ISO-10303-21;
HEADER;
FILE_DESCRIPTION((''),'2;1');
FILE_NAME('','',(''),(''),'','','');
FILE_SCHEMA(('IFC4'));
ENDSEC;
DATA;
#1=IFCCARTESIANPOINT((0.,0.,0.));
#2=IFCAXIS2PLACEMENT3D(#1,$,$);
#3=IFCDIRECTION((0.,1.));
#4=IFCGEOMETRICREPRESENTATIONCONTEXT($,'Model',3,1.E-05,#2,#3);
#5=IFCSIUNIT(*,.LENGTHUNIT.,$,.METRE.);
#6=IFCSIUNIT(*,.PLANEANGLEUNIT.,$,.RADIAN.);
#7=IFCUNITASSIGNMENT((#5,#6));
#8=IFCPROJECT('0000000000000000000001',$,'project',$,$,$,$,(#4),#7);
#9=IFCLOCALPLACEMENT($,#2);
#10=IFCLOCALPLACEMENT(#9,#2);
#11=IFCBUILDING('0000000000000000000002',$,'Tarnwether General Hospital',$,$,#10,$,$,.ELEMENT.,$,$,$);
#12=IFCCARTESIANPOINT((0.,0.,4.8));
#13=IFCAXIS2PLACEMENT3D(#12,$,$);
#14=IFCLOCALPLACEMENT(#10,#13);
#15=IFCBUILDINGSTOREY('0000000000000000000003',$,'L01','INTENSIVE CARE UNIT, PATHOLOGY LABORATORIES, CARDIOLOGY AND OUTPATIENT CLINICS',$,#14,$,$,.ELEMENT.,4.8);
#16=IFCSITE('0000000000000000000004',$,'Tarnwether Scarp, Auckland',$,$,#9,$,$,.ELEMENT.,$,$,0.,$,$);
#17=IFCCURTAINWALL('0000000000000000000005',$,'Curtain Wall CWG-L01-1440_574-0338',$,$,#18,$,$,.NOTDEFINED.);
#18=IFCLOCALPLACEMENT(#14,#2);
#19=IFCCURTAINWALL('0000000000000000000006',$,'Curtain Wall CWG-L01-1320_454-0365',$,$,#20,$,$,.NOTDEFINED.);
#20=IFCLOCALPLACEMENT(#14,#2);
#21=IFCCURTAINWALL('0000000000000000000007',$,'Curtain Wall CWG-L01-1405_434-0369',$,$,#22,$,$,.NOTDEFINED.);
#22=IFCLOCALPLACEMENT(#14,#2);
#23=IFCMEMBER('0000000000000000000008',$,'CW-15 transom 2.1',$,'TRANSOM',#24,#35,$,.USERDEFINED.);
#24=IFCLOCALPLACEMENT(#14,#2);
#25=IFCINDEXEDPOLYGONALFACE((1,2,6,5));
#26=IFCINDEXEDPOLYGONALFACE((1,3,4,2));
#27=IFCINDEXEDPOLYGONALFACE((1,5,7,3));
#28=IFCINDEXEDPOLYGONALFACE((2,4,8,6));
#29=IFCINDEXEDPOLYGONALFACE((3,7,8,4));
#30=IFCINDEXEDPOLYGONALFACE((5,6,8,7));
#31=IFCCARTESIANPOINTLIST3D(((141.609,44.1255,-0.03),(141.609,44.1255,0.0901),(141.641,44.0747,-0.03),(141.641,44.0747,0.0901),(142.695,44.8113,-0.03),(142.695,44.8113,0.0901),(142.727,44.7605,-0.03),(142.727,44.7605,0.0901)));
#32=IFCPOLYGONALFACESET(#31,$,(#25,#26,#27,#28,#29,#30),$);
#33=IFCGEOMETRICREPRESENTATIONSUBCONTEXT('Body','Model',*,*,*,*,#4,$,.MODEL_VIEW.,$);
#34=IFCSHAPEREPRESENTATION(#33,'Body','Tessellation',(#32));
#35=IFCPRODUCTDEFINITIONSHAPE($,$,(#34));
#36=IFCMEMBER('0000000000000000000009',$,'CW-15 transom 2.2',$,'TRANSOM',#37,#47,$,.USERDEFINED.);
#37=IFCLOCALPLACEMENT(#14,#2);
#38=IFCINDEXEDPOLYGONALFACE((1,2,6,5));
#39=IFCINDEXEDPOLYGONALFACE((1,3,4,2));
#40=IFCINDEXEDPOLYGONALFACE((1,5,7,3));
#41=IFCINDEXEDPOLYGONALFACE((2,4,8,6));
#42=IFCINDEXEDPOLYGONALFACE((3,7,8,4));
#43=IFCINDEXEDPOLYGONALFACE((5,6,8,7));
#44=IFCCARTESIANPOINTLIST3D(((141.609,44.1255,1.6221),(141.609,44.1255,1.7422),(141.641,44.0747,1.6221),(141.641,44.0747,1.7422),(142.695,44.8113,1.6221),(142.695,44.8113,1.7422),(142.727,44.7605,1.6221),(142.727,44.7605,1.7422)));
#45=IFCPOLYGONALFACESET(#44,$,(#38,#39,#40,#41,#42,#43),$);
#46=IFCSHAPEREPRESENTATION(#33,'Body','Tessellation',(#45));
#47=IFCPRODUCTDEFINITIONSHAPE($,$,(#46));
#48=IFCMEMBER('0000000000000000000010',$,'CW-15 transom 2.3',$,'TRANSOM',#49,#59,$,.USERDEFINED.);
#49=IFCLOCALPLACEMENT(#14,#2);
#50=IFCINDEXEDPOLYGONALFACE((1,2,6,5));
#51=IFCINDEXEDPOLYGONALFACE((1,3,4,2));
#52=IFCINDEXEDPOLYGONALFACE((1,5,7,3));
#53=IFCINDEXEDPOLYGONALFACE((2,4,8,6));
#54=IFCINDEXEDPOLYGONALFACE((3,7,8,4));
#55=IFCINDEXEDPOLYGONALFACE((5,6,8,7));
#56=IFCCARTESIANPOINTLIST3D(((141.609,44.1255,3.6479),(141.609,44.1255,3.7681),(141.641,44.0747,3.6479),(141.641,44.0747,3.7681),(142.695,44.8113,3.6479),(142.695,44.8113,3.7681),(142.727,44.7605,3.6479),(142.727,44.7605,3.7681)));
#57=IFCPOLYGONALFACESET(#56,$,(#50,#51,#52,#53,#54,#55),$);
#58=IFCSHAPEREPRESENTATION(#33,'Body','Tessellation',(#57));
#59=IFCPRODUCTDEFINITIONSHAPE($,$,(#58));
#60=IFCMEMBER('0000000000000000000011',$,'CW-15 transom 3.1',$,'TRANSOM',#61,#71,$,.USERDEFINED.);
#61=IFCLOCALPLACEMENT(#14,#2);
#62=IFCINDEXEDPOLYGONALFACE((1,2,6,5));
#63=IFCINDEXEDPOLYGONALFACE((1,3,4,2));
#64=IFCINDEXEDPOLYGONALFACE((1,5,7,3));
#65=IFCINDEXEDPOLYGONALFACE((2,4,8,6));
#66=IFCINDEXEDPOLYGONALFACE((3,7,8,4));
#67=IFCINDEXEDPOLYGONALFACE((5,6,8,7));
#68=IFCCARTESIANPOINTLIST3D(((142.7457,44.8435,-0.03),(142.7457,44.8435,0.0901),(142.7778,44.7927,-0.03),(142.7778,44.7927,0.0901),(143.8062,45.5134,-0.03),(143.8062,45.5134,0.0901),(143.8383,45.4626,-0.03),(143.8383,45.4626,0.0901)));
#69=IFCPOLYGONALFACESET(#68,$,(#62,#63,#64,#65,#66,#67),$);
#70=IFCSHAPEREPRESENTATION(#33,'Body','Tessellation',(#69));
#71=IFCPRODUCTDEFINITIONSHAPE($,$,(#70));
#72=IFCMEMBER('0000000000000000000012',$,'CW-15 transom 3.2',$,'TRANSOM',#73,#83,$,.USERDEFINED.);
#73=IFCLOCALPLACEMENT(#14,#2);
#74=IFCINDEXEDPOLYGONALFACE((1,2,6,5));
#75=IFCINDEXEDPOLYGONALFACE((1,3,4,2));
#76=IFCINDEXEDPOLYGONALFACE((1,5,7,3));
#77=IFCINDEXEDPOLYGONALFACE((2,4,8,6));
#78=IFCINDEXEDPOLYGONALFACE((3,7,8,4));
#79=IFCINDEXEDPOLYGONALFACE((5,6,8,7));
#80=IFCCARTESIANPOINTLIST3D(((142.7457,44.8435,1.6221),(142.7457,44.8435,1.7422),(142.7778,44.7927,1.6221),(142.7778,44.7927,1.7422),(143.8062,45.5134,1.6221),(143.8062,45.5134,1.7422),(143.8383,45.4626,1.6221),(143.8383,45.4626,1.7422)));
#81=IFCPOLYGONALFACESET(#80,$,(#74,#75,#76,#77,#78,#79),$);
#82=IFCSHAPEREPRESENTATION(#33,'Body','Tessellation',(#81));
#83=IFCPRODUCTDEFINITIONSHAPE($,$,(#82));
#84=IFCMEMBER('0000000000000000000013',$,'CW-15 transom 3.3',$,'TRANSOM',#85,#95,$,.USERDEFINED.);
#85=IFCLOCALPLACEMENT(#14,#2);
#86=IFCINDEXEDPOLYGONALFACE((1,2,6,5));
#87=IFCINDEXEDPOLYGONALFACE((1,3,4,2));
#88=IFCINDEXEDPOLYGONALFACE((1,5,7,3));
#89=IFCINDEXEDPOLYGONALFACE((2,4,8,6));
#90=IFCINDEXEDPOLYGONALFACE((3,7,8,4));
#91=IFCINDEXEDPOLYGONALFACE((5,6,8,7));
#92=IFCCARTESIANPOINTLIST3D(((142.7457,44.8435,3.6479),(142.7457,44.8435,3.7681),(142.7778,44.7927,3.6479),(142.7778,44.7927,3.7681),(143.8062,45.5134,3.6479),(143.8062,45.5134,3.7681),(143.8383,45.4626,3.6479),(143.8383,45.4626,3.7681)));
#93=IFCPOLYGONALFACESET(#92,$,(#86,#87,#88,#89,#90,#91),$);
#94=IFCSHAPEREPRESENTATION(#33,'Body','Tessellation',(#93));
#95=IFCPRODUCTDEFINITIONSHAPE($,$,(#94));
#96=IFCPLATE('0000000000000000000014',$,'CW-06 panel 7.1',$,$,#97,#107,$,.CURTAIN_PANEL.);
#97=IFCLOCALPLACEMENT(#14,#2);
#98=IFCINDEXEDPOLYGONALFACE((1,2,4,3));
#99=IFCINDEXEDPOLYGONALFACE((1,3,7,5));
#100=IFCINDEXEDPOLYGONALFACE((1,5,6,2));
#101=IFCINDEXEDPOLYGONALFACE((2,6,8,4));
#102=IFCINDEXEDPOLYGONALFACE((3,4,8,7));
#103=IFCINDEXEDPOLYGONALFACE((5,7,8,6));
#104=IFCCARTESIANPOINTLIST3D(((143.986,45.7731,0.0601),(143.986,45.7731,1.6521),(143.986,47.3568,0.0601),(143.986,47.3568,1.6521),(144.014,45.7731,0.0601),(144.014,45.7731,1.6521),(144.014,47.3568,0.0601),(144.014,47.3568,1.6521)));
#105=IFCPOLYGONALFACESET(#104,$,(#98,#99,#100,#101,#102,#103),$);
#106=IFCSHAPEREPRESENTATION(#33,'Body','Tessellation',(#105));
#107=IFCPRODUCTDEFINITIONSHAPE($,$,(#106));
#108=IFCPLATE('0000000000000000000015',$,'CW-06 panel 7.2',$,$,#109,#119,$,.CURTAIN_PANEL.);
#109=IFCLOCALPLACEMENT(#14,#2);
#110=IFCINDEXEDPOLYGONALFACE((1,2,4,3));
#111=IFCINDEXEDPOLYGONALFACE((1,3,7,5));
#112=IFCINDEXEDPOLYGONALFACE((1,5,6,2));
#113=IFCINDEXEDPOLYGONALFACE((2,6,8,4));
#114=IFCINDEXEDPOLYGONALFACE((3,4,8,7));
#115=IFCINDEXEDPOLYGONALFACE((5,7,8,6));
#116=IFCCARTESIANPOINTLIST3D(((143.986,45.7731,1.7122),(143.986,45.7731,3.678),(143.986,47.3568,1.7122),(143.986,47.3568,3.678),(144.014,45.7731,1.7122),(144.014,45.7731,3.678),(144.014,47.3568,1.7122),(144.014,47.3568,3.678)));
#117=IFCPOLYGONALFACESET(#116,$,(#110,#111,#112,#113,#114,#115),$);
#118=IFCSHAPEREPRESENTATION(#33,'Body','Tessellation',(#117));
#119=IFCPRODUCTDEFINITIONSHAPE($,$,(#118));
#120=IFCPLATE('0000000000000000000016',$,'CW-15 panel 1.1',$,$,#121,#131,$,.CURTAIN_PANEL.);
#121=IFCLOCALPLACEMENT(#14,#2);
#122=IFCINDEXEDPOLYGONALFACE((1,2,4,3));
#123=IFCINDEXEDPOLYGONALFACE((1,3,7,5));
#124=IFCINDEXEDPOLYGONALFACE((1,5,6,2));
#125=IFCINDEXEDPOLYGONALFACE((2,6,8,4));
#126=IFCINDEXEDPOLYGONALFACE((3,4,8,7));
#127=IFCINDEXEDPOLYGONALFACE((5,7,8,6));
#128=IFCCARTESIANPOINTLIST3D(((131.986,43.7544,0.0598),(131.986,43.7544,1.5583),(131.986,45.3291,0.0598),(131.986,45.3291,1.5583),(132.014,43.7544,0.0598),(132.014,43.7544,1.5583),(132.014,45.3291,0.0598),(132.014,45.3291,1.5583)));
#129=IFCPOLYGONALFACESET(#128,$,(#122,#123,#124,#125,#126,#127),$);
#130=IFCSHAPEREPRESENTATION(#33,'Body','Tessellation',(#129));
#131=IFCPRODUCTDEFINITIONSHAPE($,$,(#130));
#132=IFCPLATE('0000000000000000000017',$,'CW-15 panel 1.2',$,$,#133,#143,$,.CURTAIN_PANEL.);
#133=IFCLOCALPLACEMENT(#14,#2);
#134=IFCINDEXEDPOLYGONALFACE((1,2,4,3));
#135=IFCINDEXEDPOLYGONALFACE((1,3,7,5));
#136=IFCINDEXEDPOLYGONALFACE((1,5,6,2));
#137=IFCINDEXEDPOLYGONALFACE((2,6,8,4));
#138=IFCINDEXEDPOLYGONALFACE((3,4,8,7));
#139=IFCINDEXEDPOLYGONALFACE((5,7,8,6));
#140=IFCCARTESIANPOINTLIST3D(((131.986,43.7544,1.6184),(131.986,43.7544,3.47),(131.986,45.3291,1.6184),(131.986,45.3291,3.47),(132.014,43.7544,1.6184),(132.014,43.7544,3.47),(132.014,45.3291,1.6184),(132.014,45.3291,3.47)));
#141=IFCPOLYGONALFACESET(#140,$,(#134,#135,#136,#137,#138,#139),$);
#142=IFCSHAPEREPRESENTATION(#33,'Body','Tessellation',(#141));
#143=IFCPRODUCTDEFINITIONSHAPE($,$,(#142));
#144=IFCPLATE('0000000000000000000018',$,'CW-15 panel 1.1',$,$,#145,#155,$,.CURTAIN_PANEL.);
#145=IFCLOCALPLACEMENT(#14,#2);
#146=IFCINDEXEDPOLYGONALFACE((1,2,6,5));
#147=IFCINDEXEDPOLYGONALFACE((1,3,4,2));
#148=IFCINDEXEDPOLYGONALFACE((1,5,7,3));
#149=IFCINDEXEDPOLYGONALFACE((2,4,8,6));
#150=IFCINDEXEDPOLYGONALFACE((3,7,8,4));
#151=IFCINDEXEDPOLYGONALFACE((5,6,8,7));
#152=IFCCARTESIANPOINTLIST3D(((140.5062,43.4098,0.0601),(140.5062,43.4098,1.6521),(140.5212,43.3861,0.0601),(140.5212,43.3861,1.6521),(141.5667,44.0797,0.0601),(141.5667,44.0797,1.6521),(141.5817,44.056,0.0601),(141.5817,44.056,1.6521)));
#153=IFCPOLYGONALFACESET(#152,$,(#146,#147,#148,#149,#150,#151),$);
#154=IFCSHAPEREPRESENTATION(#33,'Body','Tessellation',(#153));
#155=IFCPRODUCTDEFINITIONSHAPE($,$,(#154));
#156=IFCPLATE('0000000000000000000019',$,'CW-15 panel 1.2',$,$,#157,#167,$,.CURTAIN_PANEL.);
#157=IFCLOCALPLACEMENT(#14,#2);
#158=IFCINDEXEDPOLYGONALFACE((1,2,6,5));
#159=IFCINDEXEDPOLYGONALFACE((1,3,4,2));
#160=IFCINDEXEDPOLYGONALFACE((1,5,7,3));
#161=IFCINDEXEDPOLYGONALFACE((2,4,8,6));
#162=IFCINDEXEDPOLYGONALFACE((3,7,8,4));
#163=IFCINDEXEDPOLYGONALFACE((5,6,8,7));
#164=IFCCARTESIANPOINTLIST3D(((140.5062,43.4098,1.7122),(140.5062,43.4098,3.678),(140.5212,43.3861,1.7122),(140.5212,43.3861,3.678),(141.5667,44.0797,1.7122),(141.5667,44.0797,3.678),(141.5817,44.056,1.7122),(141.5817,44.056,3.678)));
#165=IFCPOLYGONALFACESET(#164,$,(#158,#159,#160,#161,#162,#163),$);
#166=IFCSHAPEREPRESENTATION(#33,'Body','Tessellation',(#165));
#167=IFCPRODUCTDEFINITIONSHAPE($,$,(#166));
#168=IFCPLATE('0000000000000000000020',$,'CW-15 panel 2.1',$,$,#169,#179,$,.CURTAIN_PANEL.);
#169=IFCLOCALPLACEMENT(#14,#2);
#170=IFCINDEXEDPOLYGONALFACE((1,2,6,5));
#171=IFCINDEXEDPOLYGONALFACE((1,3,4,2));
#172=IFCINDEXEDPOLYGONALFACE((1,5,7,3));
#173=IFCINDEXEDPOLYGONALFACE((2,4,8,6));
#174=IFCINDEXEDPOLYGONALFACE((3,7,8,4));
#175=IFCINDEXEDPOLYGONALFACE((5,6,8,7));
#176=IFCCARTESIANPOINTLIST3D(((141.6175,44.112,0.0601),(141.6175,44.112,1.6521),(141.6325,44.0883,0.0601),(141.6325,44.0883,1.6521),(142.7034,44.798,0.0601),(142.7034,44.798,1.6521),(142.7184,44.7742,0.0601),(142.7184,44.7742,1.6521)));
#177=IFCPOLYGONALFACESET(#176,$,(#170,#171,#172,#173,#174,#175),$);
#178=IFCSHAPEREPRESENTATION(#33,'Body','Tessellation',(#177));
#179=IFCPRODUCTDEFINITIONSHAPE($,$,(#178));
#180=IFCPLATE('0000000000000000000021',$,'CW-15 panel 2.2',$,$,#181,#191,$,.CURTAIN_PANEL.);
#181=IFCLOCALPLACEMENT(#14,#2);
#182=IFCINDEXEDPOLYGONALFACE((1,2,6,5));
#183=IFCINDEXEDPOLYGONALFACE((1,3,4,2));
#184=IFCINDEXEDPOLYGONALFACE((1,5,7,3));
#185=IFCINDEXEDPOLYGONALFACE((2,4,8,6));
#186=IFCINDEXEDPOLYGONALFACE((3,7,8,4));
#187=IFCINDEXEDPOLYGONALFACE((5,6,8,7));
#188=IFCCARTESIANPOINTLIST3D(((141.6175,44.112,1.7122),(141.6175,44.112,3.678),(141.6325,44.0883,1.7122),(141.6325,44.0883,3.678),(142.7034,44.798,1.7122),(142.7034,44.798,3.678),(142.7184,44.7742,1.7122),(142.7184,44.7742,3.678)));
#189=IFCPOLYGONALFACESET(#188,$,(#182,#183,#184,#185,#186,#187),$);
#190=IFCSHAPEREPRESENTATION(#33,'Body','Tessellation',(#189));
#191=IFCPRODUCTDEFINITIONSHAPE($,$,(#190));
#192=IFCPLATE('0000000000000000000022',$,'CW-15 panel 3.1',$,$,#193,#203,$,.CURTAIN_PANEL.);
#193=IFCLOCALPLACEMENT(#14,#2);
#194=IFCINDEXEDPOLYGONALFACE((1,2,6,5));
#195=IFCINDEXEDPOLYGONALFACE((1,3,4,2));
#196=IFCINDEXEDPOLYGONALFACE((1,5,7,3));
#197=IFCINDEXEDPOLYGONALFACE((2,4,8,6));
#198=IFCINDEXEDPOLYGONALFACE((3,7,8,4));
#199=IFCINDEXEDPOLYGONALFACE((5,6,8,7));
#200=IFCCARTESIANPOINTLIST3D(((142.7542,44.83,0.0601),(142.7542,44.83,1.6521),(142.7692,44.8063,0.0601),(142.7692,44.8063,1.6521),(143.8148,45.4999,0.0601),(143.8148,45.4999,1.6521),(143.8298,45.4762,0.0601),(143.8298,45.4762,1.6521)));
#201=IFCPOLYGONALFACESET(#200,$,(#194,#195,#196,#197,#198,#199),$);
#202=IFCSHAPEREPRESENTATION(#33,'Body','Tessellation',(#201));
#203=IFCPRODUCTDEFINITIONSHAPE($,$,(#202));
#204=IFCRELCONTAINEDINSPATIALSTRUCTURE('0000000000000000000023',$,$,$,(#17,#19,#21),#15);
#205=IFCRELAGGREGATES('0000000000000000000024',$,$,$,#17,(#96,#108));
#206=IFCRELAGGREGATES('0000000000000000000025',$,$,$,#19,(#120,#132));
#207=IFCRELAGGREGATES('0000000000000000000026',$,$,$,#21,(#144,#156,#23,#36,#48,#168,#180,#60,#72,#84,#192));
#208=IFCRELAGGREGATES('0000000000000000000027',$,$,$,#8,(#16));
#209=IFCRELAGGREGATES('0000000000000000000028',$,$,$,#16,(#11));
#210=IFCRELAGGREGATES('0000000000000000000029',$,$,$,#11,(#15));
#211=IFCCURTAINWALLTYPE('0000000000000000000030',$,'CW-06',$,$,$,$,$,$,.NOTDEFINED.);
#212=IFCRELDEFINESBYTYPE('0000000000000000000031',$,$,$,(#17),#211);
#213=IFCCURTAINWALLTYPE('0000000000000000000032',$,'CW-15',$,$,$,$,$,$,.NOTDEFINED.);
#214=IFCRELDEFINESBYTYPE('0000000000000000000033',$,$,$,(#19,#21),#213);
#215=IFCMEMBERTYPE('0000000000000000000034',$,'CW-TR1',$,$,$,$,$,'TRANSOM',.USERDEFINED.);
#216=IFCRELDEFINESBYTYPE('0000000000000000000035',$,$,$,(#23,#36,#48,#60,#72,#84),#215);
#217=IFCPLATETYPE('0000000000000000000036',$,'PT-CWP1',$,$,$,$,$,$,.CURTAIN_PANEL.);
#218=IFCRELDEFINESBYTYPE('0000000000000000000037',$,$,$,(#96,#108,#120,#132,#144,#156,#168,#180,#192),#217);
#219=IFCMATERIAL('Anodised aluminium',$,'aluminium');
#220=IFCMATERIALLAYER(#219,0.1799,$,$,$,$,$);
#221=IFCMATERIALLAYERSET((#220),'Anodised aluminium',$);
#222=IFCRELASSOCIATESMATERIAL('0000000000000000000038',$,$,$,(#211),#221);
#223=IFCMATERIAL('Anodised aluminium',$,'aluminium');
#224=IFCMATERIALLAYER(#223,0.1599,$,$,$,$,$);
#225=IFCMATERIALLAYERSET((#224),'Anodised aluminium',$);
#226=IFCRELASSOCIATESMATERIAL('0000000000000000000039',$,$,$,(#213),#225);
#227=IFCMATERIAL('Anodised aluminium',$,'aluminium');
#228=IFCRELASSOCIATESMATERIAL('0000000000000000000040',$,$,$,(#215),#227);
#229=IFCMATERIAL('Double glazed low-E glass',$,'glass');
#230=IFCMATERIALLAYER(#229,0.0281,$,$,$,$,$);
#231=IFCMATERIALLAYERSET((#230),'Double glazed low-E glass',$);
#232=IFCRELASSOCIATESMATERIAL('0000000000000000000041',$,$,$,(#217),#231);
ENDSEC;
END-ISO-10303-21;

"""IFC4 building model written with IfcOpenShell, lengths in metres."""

from ifc_helpers import new_model, si_unit, direction, frame, origin, origin_2d, place, context, subcontext, project, spatial, rectangle, extrude, material, layer, layer_set, material_profile, profile_set, type_object, element, aggregate, save


model = new_model("IFC4")

# Units and contexts
model_context = context("Model", 3, precision=1e-05, world=origin(), true_north=direction((0.0, 1.0)))
body_context = subcontext(model_context, "Body", "Model", "MODEL_VIEW")
ifc_project = project(units=[si_unit("LENGTHUNIT", "METRE"), si_unit("PLANEANGLEUNIT", "RADIAN")], contexts=[model_context])

# Site, building, storey
site_placement = place(None, origin())
site = spatial("IfcSite", under=ifc_project, at=site_placement, Name="Tarnwether Scarp, Auckland", CompositionType="ELEMENT", RefElevation=0.0)
building_placement = place(site_placement, origin())
building = spatial("IfcBuilding", under=site, at=building_placement, Name="Tarnwether General Hospital", CompositionType="ELEMENT")
storey_placement = place(building_placement, frame((0.0, 0.0, 4.8)))
storey = spatial("IfcBuildingStorey", under=building, at=storey_placement, Name="L01", Description="INTENSIVE CARE UNIT, PATHOLOGY LABORATORIES, CARDIOLOGY AND OUTPATIENT CLINICS", CompositionType="ELEMENT", Elevation=4.8)

# Curtain wall
ifc_material_1 = material(Name="Anodised aluminium", Category="aluminium")
ifc_layer_1 = layer(ifc_material_1, 0.1799)
ifc_layer_set_1 = layer_set([ifc_layer_1], Name="Anodised aluminium")
curtain_wall_type_1 = type_object("IfcCurtainWallType", Name="CW-06", PredefinedType="NOTDEFINED", material=ifc_layer_set_1)
curtain_wall_1_placement = place(storey_placement, origin())
curtain_wall_1 = element("IfcCurtainWall", 1, at=curtain_wall_1_placement, inside=storey, type_object=curtain_wall_type_1, Name="Curtain Wall CWG-L01-1440_574-0338", PredefinedType="NOTDEFINED")

# Curtain walls
ifc_material_2 = material(Name="Anodised aluminium", Category="aluminium")
ifc_layer_2 = layer(ifc_material_2, 0.1599)
ifc_layer_set_2 = layer_set([ifc_layer_2], Name="Anodised aluminium")
curtain_wall_type_2 = type_object("IfcCurtainWallType", Name="CW-15", PredefinedType="NOTDEFINED", material=ifc_layer_set_2)
curtain_wall_2_placement = place(storey_placement, origin())
curtain_wall_2 = element("IfcCurtainWall", 2, at=curtain_wall_2_placement, inside=storey, type_object=curtain_wall_type_2, Name="Curtain Wall CWG-L01-1320_454-0365", PredefinedType="NOTDEFINED")
curtain_wall_3_placement = place(storey_placement, origin())
curtain_wall_3 = element("IfcCurtainWall", 3, at=curtain_wall_3_placement, inside=storey, type_object=curtain_wall_type_2, Name="Curtain Wall CWG-L01-1405_434-0369", PredefinedType="NOTDEFINED")

# Members
ifc_material_3 = material(Name="Anodised aluminium", Category="aluminium")
ifc_material_profile_1 = material_profile(ifc_material_3, rectangle(XDim=0.0601, YDim=0.1201, at=origin_2d()), Name="ALU-TRN-60x120")
ifc_profile_set_1 = profile_set([ifc_material_profile_1], Name="Anodised aluminium")
member_type_1 = type_object("IfcMemberType", Name="CW-TR1", ElementType="TRANSOM", PredefinedType="USERDEFINED", material=ifc_profile_set_1)
member_1_placement = place(storey_placement, frame((141.625, 44.1001, 0.03), z_axis=(0.845511, 0.533957, 0.0), x_axis=(-0.533957, 0.845511, 0.0)))
member_1 = element("IfcMember", 4, at=member_1_placement, type_object=member_type_1, Name="CW-15 transom 2.1", ObjectType="TRANSOM", PredefinedType="USERDEFINED", context=body_context, shape_type="SweptSolid", body=[
    extrude(rectangle(XDim=0.0601, YDim=0.1201, at=origin_2d()), origin(), (0.0, 0.0, 1.0), 1.2844),
])
member_2_placement = place(storey_placement, frame((141.625, 44.1001, 1.6821), z_axis=(0.845511, 0.533957, 0.0), x_axis=(-0.533957, 0.845511, 0.0)))
member_2 = element("IfcMember", 5, at=member_2_placement, type_object=member_type_1, Name="CW-15 transom 2.2", ObjectType="TRANSOM", PredefinedType="USERDEFINED", context=body_context, shape_type="SweptSolid", body=[
    extrude(rectangle(XDim=0.0601, YDim=0.1201, at=origin_2d()), origin(), (0.0, 0.0, 1.0), 1.2844),
])
member_3_placement = place(storey_placement, frame((141.625, 44.1001, 3.708), z_axis=(0.845511, 0.533957, 0.0), x_axis=(-0.533957, 0.845511, 0.0)))
member_3 = element("IfcMember", 6, at=member_3_placement, type_object=member_type_1, Name="CW-15 transom 2.3", ObjectType="TRANSOM", PredefinedType="USERDEFINED", context=body_context, shape_type="SweptSolid", body=[
    extrude(rectangle(XDim=0.0601, YDim=0.1201, at=origin_2d()), origin(), (0.0, 0.0, 1.0), 1.2844),
])
member_4_placement = place(storey_placement, frame((142.7617, 44.8181, 0.03), z_axis=(0.845452, 0.534052, 0.0), x_axis=(-0.534052, 0.845452, 0.0)))
member_4 = element("IfcMember", 7, at=member_4_placement, type_object=member_type_1, Name="CW-15 transom 3.1", ObjectType="TRANSOM", PredefinedType="USERDEFINED", context=body_context, shape_type="SweptSolid", body=[
    extrude(rectangle(XDim=0.0601, YDim=0.1201, at=origin_2d()), origin(), (0.0, 0.0, 1.0), 1.2544),
])
member_5_placement = place(storey_placement, frame((142.7617, 44.8181, 1.6821), z_axis=(0.845452, 0.534052, 0.0), x_axis=(-0.534052, 0.845452, 0.0)))
member_5 = element("IfcMember", 8, at=member_5_placement, type_object=member_type_1, Name="CW-15 transom 3.2", ObjectType="TRANSOM", PredefinedType="USERDEFINED", context=body_context, shape_type="SweptSolid", body=[
    extrude(rectangle(XDim=0.0601, YDim=0.1201, at=origin_2d()), origin(), (0.0, 0.0, 1.0), 1.2544),
])
member_6_placement = place(storey_placement, frame((142.7617, 44.8181, 3.708), z_axis=(0.845452, 0.534052, 0.0), x_axis=(-0.534052, 0.845452, 0.0)))
member_6 = element("IfcMember", 9, at=member_6_placement, type_object=member_type_1, Name="CW-15 transom 3.3", ObjectType="TRANSOM", PredefinedType="USERDEFINED", context=body_context, shape_type="SweptSolid", body=[
    extrude(rectangle(XDim=0.0601, YDim=0.1201, at=origin_2d()), origin(), (0.0, 0.0, 1.0), 1.2544),
])

# Plates
ifc_material_4 = material(Name="Double glazed low-E glass", Category="glass")
ifc_layer_3 = layer(ifc_material_4, 0.0281)
ifc_layer_set_3 = layer_set([ifc_layer_3], Name="Double glazed low-E glass")
plate_type_1 = type_object("IfcPlateType", Name="PT-CWP1", PredefinedType="CURTAIN_PANEL", material=ifc_layer_set_3)
plate_1_placement = place(storey_placement, frame((144.0, 46.5649, 0.0601), z_axis=(0.0, 0.0, 1.0), x_axis=(0.0, -1.0, 0.0)))
plate_1 = element("IfcPlate", 10, at=plate_1_placement, type_object=plate_type_1, Name="CW-06 panel 7.1", PredefinedType="CURTAIN_PANEL", context=body_context, shape_type="SweptSolid", body=[
    extrude(rectangle(XDim=1.5837, YDim=0.0281, at=origin_2d()), origin(), (0.0, 0.0, 1.0), 1.592),
])
plate_2_placement = place(storey_placement, frame((144.0, 46.5649, 1.7122), z_axis=(0.0, 0.0, 1.0), x_axis=(0.0, -1.0, 0.0)))
plate_2 = element("IfcPlate", 11, at=plate_2_placement, type_object=plate_type_1, Name="CW-06 panel 7.2", PredefinedType="CURTAIN_PANEL", context=body_context, shape_type="SweptSolid", body=[
    extrude(rectangle(XDim=1.5837, YDim=0.0281, at=origin_2d()), origin(), (0.0, 0.0, 1.0), 1.9658),
])
aggregate(curtain_wall_1, [plate_1, plate_2])
plate_3_placement = place(storey_placement, frame((132.0, 44.5417, 0.0598), z_axis=(0.0, 0.0, 1.0), x_axis=(0.0, -1.0, 0.0)))
plate_3 = element("IfcPlate", 12, at=plate_3_placement, type_object=plate_type_1, Name="CW-15 panel 1.1", PredefinedType="CURTAIN_PANEL", context=body_context, shape_type="SweptSolid", body=[
    extrude(rectangle(XDim=1.5747, YDim=0.0281, at=origin_2d()), origin(), (0.0, 0.0, 1.0), 1.4985),
])
plate_4_placement = place(storey_placement, frame((132.0, 44.5417, 1.6184), z_axis=(0.0, 0.0, 1.0), x_axis=(0.0, -1.0, 0.0)))
plate_4 = element("IfcPlate", 13, at=plate_4_placement, type_object=plate_type_1, Name="CW-15 panel 1.2", PredefinedType="CURTAIN_PANEL", context=body_context, shape_type="SweptSolid", body=[
    extrude(rectangle(XDim=1.5747, YDim=0.0281, at=origin_2d()), origin(), (0.0, 0.0, 1.0), 1.8516),
])
aggregate(curtain_wall_2, [plate_3, plate_4])
plate_5_placement = place(storey_placement, frame((141.0439, 43.7329, 0.0601), z_axis=(0.0, 0.0, 1.0), x_axis=(0.845454, 0.534049, 0.0)))
plate_5 = element("IfcPlate", 14, at=plate_5_placement, type_object=plate_type_1, Name="CW-15 panel 1.1", PredefinedType="CURTAIN_PANEL", context=body_context, shape_type="SweptSolid", body=[
    extrude(rectangle(XDim=1.2544, YDim=0.0281, at=origin_2d()), origin(), (0.0, 0.0, 1.0), 1.592),
])
plate_6_placement = place(storey_placement, frame((141.0439, 43.7329, 1.7122), z_axis=(0.0, 0.0, 1.0), x_axis=(0.845454, 0.534049, 0.0)))
plate_6 = element("IfcPlate", 15, at=plate_6_placement, type_object=plate_type_1, Name="CW-15 panel 1.2", PredefinedType="CURTAIN_PANEL", context=body_context, shape_type="SweptSolid", body=[
    extrude(rectangle(XDim=1.2544, YDim=0.0281, at=origin_2d()), origin(), (0.0, 0.0, 1.0), 1.9658),
])
plate_7_placement = place(storey_placement, frame((142.168, 44.4431, 0.0601), z_axis=(0.0, 0.0, 1.0), x_axis=(0.845454, 0.534049, 0.0)))
plate_7 = element("IfcPlate", 16, at=plate_7_placement, type_object=plate_type_1, Name="CW-15 panel 2.1", PredefinedType="CURTAIN_PANEL", context=body_context, shape_type="SweptSolid", body=[
    extrude(rectangle(XDim=1.2844, YDim=0.0281, at=origin_2d()), origin(), (0.0, 0.0, 1.0), 1.592),
])
plate_8_placement = place(storey_placement, frame((142.168, 44.4431, 1.7122), z_axis=(0.0, 0.0, 1.0), x_axis=(0.845454, 0.534049, 0.0)))
plate_8 = element("IfcPlate", 17, at=plate_8_placement, type_object=plate_type_1, Name="CW-15 panel 2.2", PredefinedType="CURTAIN_PANEL", context=body_context, shape_type="SweptSolid", body=[
    extrude(rectangle(XDim=1.2844, YDim=0.0281, at=origin_2d()), origin(), (0.0, 0.0, 1.0), 1.9658),
])
plate_9_placement = place(storey_placement, frame((143.292, 45.1531, 0.0601), z_axis=(0.0, 0.0, 1.0), x_axis=(0.845454, 0.534049, 0.0)))
plate_9 = element("IfcPlate", 18, at=plate_9_placement, type_object=plate_type_1, Name="CW-15 panel 3.1", PredefinedType="CURTAIN_PANEL", context=body_context, shape_type="SweptSolid", body=[
    extrude(rectangle(XDim=1.2544, YDim=0.0281, at=origin_2d()), origin(), (0.0, 0.0, 1.0), 1.592),
])
aggregate(curtain_wall_3, [plate_5, plate_6, member_1, member_2, member_3, plate_7, plate_8, member_4, member_5, member_6, plate_9])

save(model, "model.ifc")
